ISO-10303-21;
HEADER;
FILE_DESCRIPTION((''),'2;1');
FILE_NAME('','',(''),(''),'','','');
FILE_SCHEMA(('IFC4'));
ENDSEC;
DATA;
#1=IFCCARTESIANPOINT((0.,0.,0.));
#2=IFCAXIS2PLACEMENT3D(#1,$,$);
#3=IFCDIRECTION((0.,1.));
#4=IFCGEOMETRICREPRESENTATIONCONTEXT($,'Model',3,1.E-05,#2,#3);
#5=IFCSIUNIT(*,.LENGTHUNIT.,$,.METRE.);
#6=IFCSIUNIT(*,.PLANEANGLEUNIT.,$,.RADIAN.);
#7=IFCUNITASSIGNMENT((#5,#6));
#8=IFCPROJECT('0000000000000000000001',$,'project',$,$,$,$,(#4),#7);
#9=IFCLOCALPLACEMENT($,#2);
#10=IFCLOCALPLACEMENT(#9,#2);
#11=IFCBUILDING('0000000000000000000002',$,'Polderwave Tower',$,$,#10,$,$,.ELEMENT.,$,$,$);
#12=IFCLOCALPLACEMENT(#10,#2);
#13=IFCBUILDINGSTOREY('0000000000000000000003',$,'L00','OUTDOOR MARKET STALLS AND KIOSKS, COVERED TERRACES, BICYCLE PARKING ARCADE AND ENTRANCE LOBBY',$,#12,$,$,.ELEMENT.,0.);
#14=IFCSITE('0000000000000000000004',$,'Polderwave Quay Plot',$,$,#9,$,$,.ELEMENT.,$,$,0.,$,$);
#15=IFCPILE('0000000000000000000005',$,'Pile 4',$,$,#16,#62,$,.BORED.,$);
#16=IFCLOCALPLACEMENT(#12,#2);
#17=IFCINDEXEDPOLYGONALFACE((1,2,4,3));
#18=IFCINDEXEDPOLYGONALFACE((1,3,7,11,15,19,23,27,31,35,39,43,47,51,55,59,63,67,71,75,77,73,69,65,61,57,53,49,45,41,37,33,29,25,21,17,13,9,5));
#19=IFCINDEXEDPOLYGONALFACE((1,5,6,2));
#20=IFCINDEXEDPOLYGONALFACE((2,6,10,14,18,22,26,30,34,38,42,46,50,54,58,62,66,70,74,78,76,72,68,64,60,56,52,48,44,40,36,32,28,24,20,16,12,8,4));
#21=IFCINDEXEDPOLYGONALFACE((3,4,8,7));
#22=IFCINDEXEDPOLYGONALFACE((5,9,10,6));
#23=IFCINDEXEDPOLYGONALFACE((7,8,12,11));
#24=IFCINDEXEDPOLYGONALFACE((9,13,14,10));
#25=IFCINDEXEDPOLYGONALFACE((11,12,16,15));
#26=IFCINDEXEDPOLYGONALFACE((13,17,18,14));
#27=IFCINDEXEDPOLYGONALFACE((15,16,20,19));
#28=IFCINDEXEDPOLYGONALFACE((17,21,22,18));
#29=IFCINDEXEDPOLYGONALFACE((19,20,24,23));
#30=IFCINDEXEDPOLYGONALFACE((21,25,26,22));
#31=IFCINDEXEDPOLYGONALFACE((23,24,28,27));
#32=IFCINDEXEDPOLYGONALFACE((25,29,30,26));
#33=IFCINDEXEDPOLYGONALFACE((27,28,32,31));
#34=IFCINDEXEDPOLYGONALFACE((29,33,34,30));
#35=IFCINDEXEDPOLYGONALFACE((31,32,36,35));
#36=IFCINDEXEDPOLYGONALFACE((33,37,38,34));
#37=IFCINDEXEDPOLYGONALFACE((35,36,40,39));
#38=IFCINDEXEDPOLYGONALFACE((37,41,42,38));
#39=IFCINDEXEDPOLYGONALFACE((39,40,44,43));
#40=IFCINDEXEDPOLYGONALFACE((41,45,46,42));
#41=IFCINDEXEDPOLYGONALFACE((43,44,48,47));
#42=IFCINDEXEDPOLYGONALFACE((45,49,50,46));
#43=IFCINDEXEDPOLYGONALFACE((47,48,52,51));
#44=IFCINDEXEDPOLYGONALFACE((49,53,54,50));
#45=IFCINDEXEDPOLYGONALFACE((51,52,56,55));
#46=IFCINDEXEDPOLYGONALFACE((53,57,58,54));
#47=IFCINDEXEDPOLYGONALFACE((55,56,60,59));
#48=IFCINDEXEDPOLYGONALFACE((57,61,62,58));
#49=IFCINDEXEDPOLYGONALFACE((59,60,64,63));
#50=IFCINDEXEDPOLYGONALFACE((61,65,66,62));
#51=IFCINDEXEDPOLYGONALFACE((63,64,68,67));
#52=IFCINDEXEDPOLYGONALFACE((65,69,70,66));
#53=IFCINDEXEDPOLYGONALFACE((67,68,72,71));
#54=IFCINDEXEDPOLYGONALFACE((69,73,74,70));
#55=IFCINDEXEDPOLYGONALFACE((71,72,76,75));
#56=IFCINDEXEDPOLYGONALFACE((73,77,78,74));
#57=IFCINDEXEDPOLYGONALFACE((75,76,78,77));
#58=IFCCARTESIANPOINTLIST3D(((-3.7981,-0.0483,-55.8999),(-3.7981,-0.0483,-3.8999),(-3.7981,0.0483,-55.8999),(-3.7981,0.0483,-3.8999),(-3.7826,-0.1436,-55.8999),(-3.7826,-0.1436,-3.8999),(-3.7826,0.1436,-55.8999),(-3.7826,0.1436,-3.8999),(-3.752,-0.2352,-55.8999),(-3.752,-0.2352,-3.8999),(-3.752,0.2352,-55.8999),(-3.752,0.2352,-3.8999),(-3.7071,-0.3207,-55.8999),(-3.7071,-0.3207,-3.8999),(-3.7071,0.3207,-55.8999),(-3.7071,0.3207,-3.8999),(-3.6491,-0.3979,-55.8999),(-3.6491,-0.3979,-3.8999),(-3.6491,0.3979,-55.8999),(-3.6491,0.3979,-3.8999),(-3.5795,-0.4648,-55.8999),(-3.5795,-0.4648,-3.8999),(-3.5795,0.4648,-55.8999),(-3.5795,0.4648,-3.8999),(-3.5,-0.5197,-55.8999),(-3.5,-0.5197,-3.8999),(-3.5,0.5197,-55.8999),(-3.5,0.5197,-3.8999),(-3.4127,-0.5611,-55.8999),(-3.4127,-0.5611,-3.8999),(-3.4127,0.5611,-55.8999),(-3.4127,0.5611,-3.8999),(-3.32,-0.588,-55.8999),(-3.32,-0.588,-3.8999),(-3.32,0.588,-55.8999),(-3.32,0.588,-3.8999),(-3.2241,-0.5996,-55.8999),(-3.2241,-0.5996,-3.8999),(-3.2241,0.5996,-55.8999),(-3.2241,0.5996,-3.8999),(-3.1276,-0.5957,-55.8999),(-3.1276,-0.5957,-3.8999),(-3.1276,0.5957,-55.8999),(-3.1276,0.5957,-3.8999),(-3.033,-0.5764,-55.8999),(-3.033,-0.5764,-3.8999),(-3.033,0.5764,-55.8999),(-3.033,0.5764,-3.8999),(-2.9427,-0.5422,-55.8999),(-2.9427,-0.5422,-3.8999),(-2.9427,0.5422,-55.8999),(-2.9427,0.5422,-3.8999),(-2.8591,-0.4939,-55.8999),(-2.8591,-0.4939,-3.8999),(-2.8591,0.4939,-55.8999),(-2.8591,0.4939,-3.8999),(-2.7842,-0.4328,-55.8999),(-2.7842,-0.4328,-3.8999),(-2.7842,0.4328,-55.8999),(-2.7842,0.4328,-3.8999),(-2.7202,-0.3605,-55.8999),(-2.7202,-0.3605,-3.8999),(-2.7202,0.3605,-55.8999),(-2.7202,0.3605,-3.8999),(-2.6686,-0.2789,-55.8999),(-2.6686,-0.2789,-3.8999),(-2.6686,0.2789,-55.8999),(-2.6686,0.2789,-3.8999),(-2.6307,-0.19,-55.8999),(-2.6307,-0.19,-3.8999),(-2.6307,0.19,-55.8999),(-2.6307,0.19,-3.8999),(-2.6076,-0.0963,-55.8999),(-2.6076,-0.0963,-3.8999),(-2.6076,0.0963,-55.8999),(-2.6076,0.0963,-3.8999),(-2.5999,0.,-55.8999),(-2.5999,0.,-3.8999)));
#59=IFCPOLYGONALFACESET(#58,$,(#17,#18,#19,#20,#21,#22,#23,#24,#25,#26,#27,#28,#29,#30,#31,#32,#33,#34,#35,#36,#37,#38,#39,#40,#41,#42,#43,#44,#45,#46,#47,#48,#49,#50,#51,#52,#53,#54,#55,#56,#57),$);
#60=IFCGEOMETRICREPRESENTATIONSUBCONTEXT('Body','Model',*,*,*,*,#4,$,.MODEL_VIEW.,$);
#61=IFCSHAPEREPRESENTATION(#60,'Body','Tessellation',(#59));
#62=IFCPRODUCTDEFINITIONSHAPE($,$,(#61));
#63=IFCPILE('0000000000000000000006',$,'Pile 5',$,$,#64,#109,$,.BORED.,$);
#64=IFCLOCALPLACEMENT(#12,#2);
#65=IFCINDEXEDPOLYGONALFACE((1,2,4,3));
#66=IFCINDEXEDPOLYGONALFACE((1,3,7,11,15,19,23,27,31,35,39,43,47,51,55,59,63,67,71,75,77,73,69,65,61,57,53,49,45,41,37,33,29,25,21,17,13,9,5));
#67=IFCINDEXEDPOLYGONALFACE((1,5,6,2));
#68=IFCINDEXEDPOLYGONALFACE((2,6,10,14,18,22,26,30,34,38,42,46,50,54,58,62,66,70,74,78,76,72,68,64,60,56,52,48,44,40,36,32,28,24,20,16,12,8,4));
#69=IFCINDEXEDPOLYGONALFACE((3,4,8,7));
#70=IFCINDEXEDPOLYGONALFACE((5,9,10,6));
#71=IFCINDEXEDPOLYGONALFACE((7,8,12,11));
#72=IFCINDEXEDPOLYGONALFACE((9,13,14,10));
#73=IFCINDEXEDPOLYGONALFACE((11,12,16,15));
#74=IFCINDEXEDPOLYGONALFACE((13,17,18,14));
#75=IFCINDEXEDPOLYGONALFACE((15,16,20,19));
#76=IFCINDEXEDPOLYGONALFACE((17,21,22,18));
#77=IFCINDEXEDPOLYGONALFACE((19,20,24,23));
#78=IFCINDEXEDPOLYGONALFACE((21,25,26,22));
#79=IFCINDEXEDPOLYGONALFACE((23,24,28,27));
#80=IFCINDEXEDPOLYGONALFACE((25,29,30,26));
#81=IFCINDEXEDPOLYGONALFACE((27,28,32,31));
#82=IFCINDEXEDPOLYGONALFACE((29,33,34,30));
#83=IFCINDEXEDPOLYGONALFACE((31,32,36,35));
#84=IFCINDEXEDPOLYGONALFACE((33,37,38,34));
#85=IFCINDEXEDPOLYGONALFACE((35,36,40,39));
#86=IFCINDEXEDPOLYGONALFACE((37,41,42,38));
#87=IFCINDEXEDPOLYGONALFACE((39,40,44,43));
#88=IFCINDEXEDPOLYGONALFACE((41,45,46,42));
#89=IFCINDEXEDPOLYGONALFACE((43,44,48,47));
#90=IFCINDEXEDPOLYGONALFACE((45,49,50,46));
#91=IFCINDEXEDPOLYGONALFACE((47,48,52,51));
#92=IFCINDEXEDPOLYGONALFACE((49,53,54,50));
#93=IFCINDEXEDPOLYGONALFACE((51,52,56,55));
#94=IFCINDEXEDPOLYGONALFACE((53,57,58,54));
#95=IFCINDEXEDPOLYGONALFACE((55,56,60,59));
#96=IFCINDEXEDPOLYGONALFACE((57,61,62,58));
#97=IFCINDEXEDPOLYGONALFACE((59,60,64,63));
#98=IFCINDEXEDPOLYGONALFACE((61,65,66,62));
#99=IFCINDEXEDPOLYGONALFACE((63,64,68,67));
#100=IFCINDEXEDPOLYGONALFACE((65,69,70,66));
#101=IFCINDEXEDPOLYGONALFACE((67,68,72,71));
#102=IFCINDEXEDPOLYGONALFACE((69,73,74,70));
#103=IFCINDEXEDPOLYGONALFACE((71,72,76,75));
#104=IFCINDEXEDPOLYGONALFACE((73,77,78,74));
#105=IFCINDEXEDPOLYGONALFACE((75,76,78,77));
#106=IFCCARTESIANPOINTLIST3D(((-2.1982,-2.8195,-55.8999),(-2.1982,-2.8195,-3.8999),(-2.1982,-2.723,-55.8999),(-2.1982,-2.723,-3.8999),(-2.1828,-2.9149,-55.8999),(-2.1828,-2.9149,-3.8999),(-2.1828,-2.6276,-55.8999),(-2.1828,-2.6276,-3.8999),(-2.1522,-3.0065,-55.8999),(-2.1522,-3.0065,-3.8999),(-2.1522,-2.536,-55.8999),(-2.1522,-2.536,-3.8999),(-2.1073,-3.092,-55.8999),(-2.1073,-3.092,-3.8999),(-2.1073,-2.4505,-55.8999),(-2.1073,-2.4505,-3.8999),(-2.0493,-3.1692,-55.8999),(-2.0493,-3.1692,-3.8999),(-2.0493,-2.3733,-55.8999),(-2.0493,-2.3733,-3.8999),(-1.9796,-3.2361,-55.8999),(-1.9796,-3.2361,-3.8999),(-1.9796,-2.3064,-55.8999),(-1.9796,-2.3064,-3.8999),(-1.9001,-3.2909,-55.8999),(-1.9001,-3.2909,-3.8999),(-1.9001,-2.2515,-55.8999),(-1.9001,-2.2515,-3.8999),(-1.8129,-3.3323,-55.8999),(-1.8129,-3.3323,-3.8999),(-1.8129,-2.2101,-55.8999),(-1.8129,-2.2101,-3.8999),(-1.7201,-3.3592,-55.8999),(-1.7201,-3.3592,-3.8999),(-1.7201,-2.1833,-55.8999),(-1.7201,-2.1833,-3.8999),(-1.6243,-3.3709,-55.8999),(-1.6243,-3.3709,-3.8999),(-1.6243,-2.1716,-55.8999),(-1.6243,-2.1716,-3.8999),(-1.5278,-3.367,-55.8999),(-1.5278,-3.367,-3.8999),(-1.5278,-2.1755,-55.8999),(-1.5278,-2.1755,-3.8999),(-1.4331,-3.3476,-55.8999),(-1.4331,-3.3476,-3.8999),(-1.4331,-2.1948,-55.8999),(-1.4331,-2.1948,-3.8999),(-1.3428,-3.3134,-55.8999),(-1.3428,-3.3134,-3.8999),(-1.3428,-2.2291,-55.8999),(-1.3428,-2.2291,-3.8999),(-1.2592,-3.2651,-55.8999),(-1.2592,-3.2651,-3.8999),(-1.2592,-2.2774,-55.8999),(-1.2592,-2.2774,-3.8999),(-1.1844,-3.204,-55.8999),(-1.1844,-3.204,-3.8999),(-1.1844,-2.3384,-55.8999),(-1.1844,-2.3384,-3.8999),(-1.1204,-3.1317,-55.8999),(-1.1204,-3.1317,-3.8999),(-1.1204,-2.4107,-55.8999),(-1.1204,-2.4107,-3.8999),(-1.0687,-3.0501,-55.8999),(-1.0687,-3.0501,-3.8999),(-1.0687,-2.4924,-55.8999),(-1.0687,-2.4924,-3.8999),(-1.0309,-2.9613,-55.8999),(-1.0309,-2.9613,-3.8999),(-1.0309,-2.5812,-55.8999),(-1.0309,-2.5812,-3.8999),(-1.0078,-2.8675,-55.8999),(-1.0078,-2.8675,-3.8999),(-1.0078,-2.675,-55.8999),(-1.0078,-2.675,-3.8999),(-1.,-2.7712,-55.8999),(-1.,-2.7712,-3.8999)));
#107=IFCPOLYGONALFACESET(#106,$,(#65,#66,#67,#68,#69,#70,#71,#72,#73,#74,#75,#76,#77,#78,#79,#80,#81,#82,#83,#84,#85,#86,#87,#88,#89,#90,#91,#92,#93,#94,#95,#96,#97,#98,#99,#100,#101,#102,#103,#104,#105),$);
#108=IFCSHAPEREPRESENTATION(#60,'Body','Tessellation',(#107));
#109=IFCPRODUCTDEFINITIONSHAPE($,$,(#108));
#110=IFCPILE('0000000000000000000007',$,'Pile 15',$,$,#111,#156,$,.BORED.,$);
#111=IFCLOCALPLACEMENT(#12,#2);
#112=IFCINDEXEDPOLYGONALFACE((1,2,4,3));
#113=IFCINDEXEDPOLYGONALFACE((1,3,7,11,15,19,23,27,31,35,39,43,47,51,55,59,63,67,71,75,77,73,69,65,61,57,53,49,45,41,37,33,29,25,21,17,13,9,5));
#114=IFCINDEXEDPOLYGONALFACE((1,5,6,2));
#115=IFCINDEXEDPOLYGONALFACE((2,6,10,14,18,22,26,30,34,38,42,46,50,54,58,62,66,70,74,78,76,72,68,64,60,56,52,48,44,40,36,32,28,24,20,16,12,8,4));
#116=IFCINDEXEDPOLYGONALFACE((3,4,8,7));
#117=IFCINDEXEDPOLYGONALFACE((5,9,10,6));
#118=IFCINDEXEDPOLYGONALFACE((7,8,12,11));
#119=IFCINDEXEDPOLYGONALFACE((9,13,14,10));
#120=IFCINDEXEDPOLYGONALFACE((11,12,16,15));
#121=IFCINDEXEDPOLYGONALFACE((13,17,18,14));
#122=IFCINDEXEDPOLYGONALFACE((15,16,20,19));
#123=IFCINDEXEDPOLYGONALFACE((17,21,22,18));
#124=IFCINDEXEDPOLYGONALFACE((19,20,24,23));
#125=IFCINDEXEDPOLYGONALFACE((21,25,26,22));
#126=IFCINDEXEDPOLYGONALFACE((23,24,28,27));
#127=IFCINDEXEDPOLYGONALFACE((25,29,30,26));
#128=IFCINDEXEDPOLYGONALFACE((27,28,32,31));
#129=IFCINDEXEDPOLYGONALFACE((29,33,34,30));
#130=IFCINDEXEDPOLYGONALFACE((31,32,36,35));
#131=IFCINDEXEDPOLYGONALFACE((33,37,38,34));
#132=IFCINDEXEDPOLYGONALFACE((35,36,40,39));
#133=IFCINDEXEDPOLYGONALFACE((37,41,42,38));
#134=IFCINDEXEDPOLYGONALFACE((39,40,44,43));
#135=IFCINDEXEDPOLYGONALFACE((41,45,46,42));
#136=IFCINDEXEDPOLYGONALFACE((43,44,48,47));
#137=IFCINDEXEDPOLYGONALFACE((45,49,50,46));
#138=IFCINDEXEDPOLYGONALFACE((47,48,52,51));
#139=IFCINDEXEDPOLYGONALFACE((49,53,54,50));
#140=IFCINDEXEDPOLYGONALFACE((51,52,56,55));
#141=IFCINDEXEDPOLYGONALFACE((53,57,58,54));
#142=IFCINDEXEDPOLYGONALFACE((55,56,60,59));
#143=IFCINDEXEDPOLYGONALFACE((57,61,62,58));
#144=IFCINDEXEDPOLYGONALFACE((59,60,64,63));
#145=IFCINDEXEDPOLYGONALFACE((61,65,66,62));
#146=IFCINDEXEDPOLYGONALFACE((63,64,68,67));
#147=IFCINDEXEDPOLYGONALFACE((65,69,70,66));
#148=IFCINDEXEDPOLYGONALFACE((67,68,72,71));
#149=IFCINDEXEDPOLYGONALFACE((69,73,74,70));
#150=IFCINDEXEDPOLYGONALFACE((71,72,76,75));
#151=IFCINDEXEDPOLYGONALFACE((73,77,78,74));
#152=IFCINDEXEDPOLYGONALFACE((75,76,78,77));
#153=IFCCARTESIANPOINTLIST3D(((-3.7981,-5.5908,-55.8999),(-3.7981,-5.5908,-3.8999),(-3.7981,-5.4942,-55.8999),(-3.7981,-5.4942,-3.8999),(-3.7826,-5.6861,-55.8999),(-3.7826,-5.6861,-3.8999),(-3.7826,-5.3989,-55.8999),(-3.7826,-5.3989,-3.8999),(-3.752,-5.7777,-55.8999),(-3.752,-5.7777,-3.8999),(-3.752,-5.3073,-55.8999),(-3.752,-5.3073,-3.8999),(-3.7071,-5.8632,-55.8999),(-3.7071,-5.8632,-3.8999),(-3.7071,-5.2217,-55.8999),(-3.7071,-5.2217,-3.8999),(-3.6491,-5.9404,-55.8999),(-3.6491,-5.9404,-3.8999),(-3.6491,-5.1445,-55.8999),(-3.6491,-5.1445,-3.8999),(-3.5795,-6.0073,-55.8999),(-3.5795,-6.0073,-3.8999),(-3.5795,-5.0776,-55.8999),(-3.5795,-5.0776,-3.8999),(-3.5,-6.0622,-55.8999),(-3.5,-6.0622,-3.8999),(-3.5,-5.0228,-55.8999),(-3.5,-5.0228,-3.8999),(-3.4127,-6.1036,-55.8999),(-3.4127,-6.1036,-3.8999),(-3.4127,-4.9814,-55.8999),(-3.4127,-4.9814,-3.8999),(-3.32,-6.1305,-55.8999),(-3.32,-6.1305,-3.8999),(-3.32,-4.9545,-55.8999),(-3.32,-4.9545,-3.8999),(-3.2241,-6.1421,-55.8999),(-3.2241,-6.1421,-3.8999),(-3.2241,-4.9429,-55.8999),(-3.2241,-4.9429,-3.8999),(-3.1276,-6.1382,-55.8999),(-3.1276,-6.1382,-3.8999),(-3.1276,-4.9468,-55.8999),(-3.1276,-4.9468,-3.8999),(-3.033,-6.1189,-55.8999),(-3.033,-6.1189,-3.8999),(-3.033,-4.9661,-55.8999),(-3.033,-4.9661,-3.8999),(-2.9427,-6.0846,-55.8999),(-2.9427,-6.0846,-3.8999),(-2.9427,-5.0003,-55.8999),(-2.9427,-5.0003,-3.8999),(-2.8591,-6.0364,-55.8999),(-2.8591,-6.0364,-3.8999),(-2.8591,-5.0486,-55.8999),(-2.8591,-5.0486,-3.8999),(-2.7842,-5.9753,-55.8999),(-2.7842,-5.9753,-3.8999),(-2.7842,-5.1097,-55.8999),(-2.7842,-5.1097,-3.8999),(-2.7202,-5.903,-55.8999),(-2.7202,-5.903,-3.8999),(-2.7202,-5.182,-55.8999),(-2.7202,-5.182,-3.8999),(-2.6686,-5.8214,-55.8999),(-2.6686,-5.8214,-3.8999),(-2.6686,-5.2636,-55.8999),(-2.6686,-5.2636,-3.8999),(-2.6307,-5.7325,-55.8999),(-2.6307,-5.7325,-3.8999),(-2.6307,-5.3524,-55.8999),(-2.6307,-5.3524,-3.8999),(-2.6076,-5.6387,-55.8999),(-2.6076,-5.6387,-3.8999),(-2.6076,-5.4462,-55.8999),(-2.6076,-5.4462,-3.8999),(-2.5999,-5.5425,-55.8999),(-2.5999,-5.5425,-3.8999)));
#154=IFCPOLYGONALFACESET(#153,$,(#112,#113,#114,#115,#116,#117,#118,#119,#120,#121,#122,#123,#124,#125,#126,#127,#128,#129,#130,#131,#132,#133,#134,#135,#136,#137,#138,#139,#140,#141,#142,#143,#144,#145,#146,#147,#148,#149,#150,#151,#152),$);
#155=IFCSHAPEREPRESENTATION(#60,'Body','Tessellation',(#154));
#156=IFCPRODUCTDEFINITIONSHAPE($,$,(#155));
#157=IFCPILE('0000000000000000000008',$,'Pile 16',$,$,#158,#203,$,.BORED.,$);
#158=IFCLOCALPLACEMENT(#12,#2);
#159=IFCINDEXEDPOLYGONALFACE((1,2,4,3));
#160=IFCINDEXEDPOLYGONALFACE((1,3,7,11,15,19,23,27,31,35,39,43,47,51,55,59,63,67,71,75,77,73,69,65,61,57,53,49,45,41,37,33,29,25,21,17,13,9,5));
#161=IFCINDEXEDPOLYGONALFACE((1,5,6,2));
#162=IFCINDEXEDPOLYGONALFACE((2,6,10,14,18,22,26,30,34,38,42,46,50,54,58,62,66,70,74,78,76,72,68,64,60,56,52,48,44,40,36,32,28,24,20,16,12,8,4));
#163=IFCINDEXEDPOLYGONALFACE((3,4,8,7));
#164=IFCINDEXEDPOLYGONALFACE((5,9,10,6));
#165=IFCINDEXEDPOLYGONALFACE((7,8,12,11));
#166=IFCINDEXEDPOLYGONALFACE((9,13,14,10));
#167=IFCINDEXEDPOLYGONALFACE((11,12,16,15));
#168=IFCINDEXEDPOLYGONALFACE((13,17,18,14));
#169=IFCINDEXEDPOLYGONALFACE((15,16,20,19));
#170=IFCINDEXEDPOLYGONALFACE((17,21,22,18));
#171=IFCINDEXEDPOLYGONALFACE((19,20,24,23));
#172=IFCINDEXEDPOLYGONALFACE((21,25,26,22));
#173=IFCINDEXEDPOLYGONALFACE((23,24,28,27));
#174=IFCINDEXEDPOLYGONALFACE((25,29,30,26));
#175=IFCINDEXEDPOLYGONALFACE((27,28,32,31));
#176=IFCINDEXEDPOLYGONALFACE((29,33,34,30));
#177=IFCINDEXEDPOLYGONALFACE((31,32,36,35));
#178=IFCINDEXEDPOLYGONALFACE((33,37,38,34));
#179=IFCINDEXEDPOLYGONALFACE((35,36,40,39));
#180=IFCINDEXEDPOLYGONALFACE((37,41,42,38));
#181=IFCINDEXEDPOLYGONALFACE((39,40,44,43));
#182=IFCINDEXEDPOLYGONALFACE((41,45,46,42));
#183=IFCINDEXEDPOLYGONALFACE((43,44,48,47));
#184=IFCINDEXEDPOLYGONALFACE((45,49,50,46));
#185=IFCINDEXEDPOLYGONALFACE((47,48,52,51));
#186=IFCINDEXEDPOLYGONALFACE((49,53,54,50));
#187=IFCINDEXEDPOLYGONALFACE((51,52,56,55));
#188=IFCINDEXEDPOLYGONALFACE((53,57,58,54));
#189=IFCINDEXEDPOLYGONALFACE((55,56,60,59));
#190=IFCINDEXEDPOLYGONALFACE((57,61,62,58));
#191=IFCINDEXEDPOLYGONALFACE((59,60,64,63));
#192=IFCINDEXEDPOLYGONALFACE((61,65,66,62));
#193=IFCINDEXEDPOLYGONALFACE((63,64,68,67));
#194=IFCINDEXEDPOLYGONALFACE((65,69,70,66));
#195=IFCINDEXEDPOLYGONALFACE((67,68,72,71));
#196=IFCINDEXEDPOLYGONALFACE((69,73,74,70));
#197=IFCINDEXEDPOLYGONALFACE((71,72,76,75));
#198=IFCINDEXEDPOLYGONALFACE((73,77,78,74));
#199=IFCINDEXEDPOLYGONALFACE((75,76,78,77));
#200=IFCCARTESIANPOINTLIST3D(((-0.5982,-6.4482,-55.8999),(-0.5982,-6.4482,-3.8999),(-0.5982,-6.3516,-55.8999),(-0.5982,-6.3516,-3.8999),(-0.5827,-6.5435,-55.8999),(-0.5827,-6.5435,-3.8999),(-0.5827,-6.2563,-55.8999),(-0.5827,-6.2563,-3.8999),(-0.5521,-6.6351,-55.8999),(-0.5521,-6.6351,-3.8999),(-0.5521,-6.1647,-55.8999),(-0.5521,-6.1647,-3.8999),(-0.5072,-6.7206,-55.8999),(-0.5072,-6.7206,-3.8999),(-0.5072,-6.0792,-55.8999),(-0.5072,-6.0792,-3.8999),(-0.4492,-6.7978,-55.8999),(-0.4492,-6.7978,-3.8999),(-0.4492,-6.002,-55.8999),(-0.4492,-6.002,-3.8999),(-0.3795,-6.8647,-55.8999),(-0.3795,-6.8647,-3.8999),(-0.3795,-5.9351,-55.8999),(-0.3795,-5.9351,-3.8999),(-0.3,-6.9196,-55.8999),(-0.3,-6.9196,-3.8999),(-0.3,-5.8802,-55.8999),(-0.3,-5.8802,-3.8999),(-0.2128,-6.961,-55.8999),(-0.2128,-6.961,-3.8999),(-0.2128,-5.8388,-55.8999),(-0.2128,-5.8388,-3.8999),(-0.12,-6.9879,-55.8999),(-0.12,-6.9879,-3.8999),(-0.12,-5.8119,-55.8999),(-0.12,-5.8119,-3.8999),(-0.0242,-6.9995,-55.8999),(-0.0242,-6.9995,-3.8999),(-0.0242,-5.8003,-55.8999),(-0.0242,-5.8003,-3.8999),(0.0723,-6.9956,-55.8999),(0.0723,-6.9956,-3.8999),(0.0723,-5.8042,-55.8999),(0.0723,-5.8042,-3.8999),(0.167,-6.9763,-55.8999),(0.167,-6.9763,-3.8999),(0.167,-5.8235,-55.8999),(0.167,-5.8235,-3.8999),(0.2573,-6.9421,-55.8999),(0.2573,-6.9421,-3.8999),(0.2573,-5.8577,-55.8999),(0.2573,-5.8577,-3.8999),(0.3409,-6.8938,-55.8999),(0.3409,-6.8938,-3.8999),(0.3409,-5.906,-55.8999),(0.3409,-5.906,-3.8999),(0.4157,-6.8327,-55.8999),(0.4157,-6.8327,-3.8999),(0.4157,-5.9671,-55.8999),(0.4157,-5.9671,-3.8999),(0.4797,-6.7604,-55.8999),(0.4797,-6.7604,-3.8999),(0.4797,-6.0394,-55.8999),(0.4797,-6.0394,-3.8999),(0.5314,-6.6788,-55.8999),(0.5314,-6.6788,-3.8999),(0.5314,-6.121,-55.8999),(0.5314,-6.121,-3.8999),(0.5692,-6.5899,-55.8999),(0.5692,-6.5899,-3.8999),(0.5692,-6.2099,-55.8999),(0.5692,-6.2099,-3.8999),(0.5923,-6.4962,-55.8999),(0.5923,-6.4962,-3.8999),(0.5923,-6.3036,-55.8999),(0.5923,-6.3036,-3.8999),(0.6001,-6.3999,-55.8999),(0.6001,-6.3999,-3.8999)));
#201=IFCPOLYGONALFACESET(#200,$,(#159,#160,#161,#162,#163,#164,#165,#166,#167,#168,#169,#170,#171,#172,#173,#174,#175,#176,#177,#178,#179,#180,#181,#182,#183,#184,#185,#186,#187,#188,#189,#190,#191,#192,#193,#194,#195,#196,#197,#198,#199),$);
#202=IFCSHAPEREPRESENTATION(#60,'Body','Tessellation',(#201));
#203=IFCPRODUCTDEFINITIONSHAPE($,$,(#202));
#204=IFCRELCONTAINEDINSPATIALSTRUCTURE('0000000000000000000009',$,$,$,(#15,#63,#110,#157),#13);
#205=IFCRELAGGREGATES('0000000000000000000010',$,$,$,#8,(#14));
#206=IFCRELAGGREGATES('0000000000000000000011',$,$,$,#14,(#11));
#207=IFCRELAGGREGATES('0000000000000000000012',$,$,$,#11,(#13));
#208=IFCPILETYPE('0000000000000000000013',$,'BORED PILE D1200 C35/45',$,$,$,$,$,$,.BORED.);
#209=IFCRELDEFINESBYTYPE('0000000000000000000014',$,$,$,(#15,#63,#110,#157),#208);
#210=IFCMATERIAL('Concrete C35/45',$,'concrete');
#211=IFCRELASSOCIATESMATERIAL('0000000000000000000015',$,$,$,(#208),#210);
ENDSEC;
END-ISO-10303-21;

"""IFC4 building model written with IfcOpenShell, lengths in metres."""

from ifc_helpers import new_model, si_unit, direction, frame, origin, origin_2d, place, context, subcontext, project, spatial, circle, extrude, material, material_profile, profile_set, type_object, element, save


model = new_model("IFC4")

# Units and contexts
model_context = context("Model", 3, precision=1e-05, world=origin(), true_north=direction((0.0, 1.0)))
body_context = subcontext(model_context, "Body", "Model", "MODEL_VIEW")
ifc_project = project(units=[si_unit("LENGTHUNIT", "METRE"), si_unit("PLANEANGLEUNIT", "RADIAN")], contexts=[model_context])

# Site, building, storey
site_placement = place(None, origin())
site = spatial("IfcSite", under=ifc_project, at=site_placement, Name="Polderwave Quay Plot", CompositionType="ELEMENT", RefElevation=0.0)
building_placement = place(site_placement, origin())
building = spatial("IfcBuilding", under=site, at=building_placement, Name="Polderwave Tower", CompositionType="ELEMENT")
storey_placement = place(building_placement, origin())
storey = spatial("IfcBuildingStorey", under=building, at=storey_placement, Name="L00", Description="OUTDOOR MARKET STALLS AND KIOSKS, COVERED TERRACES, BICYCLE PARKING ARCADE AND ENTRANCE LOBBY", CompositionType="ELEMENT", Elevation=0.0)

# Piles
ifc_material_1 = material(Name="Concrete C35/45", Category="concrete")
ifc_material_profile = material_profile(ifc_material_1, circle(Radius=0.6001, at=origin_2d()), Name="BORED D1200")
ifc_profile_set = profile_set([ifc_material_profile], Name="Concrete C35/45")
pile_type = type_object("IfcPileType", Name="BORED PILE D1200 C35/45", PredefinedType="BORED", material=ifc_profile_set)
for number, where, z_axis, x_axis, name in (
    (1, (-3.2, 0.0, -3.8999), (0.0, 0.0, -1.0), (1.0, 0.0, 0.0), "Pile 4"),
    (2, (-1.6001, -2.7712, -3.8999), (0.0, 0.0, -1.0), (1.0, 0.0, 0.0), "Pile 5"),
    (3, (-3.2, -5.5425, -3.8999), (0.0, 0.0, -1.0), (1.0, 0.0, 0.0), "Pile 15"),
    (4, (0.0, -6.3999, -3.8999), (0.0, 0.0, -1.0), (1.0, 0.0, 0.0), "Pile 16"),
):
    element("IfcPile", number, at=place(storey_placement, frame(where, z_axis=z_axis, x_axis=x_axis)), inside=storey, type_object=pile_type, Name=name, PredefinedType="BORED", context=body_context, shape_type="SweptSolid", body=[
        extrude(circle(Radius=0.6001, at=origin_2d()), origin(), (0.0, 0.0, 1.0), 52.0),
    ])

save(model, "model.ifc")
